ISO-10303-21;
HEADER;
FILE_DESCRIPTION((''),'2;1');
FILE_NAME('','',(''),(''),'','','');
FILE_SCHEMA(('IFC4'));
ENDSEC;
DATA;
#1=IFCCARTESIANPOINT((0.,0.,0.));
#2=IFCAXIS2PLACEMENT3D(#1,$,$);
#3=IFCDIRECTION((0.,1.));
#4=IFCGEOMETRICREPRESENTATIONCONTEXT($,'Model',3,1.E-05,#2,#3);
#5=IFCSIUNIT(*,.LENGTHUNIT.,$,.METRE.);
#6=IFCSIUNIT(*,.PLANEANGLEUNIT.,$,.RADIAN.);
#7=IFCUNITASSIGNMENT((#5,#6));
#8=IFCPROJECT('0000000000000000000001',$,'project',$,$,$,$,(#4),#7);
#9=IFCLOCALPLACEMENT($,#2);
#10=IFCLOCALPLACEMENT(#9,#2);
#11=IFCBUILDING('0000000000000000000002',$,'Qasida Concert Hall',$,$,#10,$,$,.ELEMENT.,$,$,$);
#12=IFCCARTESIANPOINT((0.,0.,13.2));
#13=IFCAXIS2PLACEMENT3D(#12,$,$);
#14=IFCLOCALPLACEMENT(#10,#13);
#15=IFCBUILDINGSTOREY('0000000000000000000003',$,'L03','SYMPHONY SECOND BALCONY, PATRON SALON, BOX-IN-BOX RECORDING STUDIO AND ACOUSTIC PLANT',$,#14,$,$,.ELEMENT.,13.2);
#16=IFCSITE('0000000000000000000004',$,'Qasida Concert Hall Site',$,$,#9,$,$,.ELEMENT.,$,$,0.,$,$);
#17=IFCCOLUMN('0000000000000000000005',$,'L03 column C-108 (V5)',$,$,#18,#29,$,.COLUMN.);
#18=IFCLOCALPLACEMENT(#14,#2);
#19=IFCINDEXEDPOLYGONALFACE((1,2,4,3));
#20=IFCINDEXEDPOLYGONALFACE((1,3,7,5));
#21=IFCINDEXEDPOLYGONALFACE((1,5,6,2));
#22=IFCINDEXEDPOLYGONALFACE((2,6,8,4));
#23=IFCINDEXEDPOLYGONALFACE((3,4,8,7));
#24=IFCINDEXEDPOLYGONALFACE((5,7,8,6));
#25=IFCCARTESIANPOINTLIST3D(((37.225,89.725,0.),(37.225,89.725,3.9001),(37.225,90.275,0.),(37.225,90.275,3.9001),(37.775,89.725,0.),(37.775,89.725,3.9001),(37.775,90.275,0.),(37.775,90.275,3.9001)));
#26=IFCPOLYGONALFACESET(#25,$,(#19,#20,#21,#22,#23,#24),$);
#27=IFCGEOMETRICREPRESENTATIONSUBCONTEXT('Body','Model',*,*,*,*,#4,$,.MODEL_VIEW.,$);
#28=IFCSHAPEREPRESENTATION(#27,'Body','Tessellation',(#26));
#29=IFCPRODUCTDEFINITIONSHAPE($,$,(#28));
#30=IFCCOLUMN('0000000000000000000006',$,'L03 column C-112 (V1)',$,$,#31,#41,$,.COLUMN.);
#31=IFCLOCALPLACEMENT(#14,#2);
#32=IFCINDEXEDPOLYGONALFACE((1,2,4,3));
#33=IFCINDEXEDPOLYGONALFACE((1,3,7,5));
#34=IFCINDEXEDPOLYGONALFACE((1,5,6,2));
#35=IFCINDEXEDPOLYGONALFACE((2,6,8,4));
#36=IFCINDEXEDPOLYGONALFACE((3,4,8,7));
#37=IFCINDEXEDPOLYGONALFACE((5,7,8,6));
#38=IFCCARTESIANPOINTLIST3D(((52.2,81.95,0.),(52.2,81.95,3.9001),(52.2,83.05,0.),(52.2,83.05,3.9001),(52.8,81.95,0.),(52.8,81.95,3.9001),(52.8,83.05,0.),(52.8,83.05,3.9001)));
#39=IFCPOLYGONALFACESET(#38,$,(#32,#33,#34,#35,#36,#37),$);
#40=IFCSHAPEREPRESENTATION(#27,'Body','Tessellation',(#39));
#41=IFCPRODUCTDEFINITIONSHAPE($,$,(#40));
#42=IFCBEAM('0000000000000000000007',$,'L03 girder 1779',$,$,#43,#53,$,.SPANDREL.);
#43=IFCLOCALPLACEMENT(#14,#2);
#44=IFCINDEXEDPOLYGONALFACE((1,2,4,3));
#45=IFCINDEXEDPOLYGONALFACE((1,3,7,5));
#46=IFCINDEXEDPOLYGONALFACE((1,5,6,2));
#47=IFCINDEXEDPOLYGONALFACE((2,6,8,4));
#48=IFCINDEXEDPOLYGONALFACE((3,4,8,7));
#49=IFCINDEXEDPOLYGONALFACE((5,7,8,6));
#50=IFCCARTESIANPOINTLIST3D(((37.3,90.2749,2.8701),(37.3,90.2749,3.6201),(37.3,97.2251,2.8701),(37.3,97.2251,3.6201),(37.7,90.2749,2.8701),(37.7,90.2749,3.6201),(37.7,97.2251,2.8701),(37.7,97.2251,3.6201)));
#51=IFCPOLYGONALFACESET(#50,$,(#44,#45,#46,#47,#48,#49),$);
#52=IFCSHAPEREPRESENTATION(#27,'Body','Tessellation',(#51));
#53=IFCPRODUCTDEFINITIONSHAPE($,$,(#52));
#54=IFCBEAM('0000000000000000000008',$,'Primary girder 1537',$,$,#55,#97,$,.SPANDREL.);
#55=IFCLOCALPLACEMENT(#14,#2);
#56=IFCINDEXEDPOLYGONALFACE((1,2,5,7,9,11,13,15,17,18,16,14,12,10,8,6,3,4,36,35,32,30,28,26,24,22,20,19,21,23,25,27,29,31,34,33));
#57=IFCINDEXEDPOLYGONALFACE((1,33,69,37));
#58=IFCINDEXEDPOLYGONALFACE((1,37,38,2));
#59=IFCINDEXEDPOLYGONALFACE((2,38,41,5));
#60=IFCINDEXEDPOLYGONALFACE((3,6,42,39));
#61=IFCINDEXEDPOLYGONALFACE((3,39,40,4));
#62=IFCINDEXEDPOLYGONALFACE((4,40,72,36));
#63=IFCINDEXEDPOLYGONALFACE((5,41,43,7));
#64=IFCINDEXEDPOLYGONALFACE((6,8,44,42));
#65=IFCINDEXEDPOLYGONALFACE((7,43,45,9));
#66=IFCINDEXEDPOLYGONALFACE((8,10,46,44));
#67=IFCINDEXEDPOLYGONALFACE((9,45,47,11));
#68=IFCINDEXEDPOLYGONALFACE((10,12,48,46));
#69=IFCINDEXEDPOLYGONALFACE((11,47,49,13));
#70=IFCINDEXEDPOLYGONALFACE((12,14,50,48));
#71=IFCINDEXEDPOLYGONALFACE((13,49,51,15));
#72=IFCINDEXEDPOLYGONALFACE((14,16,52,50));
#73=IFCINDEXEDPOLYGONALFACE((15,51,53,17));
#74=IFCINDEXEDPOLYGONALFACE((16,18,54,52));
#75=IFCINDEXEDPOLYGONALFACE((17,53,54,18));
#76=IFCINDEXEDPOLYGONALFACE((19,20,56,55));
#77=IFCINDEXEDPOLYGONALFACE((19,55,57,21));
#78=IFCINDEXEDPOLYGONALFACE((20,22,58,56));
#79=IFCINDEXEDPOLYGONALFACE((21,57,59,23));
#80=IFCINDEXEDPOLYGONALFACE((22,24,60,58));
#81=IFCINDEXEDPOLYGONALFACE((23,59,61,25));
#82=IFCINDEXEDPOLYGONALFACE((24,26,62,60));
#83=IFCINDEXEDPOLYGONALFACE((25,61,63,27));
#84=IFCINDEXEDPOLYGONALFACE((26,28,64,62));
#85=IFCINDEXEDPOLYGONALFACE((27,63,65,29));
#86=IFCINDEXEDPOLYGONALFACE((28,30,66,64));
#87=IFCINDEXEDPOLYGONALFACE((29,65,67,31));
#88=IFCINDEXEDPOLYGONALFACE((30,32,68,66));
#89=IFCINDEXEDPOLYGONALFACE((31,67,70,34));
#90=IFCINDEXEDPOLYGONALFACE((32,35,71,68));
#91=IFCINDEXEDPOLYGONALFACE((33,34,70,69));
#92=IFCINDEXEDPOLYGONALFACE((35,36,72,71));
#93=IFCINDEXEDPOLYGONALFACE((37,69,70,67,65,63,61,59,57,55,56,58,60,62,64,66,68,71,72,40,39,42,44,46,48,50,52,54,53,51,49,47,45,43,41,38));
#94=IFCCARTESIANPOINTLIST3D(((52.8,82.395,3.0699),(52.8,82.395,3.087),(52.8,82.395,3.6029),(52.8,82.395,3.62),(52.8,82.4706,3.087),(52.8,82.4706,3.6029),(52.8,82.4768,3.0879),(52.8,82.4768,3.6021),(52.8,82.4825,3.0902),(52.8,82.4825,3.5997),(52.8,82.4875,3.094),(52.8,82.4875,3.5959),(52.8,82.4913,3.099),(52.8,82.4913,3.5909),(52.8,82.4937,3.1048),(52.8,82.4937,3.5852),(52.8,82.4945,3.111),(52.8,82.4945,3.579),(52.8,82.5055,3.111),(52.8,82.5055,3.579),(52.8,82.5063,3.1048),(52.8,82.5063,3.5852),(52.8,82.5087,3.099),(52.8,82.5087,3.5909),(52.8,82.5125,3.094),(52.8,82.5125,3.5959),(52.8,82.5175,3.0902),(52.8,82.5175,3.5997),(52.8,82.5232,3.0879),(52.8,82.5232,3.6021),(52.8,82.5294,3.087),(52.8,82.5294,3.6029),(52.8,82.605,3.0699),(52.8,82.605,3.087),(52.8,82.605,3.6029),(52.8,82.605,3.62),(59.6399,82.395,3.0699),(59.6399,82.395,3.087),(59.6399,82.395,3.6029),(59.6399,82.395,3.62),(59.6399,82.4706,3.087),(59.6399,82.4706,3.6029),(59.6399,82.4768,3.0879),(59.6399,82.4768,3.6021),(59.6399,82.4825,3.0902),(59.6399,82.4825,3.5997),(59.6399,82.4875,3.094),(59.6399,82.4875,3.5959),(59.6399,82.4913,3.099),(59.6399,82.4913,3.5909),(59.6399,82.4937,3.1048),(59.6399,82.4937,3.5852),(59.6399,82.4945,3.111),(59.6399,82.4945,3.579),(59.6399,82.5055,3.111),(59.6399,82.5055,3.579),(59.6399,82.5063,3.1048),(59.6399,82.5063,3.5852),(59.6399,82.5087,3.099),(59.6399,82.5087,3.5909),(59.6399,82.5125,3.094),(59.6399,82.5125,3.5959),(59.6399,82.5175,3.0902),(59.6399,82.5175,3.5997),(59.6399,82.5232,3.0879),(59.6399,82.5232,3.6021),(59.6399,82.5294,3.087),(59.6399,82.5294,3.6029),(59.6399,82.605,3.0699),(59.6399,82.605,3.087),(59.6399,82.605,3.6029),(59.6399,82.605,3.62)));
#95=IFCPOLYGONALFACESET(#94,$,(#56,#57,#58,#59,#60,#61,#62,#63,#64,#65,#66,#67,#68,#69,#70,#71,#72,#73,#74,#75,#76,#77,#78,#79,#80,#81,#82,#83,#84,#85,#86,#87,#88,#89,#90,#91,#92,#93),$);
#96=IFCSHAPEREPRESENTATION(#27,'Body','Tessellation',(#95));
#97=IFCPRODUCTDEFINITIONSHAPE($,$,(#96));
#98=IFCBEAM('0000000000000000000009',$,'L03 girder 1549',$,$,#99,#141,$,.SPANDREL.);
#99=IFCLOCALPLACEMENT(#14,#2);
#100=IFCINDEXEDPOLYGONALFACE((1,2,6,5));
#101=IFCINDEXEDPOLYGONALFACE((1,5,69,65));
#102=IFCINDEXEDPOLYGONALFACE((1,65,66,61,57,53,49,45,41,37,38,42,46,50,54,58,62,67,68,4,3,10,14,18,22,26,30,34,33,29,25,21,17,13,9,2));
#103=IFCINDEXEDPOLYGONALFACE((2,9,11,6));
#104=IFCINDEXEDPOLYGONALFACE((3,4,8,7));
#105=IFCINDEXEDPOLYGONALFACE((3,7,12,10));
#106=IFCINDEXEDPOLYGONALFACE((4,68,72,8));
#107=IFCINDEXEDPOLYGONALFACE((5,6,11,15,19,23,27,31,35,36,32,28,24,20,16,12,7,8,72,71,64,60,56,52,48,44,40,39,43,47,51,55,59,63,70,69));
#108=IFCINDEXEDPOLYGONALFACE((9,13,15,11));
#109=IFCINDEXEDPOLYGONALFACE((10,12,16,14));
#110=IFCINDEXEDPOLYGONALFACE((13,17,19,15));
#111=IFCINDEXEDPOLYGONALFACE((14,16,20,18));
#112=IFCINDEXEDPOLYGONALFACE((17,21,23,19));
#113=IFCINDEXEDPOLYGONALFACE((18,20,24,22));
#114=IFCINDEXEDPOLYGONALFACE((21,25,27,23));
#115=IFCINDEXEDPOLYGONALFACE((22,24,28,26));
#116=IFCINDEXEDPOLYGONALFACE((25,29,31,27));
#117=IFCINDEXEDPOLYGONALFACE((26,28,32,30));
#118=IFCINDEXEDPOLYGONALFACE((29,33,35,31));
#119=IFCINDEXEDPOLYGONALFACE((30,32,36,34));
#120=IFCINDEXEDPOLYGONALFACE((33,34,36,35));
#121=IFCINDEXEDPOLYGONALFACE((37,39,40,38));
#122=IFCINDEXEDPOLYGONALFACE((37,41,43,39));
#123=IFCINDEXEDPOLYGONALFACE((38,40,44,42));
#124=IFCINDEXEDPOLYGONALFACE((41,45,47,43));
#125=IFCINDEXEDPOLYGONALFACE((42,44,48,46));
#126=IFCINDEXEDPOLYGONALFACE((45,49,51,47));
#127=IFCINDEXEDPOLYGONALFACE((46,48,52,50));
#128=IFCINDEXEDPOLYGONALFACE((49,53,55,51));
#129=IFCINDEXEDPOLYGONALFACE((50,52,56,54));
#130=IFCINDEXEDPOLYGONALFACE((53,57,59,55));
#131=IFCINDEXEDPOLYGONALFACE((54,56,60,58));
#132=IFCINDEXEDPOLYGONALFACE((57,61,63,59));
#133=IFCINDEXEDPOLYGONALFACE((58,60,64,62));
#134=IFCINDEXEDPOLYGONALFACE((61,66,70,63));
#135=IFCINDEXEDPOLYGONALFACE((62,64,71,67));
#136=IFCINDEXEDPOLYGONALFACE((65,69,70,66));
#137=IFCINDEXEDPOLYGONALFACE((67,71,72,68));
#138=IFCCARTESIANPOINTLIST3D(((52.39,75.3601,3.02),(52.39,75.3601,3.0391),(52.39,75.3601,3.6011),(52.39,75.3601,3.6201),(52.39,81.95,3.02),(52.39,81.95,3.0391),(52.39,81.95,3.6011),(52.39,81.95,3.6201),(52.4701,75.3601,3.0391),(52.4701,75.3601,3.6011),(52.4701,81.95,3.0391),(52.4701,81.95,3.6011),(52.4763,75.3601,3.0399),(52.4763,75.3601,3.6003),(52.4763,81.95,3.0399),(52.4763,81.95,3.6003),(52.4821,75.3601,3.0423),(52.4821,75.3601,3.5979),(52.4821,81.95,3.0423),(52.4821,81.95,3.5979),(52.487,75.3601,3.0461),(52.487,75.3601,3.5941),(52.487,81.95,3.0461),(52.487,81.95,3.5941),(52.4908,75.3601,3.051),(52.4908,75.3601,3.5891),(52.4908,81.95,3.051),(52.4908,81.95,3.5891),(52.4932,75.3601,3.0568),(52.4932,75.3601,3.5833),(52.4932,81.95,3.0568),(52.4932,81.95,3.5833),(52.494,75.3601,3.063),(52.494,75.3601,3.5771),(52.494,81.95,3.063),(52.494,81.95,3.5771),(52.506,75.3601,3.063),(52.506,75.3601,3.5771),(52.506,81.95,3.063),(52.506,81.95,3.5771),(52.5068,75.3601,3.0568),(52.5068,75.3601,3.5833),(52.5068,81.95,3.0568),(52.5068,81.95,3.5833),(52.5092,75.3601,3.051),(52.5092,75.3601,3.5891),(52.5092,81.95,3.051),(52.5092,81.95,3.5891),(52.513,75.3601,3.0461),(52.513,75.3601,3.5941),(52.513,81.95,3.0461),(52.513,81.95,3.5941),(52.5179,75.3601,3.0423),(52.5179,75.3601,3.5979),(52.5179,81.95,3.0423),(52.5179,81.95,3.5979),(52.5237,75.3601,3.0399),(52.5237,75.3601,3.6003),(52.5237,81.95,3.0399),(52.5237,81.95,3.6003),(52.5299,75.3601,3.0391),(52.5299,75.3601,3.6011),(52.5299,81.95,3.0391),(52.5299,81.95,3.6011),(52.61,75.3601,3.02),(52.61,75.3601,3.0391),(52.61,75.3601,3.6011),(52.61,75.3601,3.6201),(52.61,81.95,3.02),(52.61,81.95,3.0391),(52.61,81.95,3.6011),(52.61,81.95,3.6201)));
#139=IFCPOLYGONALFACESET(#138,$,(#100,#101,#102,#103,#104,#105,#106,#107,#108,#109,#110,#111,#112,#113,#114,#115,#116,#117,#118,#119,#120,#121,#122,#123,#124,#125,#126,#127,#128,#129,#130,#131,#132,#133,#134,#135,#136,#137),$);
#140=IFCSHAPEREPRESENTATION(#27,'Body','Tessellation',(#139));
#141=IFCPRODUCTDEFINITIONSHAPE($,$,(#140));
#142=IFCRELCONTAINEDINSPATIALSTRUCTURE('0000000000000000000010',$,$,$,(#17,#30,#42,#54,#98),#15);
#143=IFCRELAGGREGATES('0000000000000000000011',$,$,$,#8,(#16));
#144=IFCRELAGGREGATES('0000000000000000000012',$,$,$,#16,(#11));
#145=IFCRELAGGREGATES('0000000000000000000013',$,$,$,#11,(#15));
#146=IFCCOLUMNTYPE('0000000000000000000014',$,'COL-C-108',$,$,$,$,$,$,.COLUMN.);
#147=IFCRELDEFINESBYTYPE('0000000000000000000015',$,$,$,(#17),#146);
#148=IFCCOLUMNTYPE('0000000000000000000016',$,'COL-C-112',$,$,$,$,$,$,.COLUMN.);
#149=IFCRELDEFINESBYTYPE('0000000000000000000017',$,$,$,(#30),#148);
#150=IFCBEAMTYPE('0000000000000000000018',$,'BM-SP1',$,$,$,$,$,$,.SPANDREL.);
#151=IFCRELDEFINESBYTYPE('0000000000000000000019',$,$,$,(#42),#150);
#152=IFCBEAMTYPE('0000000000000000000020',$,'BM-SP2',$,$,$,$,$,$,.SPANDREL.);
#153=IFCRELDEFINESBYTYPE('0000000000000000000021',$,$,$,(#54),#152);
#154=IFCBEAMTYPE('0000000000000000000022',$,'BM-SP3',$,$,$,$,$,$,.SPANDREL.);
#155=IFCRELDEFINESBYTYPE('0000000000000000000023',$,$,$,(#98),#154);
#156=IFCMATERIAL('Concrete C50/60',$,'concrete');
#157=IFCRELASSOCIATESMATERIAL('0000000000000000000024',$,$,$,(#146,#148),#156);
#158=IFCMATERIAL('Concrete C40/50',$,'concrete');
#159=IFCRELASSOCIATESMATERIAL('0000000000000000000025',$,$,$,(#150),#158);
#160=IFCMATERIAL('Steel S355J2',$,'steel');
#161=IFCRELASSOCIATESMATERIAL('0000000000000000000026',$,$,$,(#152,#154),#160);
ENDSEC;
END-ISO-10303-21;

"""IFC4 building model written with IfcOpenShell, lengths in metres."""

from ifc_helpers import new_model, si_unit, direction, frame, origin, origin_2d, place, context, subcontext, project, spatial, rectangle, i_section, extrude, material, material_profile, profile_set, type_object, element, save


model = new_model("IFC4")

# Units and contexts
model_context = context("Model", 3, precision=1e-05, world=origin(), true_north=direction((0.0, 1.0)))
body_context = subcontext(model_context, "Body", "Model", "MODEL_VIEW")
ifc_project = project(units=[si_unit("LENGTHUNIT", "METRE"), si_unit("PLANEANGLEUNIT", "RADIAN")], contexts=[model_context])

# Site, building, storey
site_placement = place(None, origin())
site = spatial("IfcSite", under=ifc_project, at=site_placement, Name="Qasida Concert Hall Site", CompositionType="ELEMENT", RefElevation=0.0)
building_placement = place(site_placement, origin())
building = spatial("IfcBuilding", under=site, at=building_placement, Name="Qasida Concert Hall", CompositionType="ELEMENT")
storey_placement = place(building_placement, frame((0.0, 0.0, 13.2)))
storey = spatial("IfcBuildingStorey", under=building, at=storey_placement, Name="L03", Description="SYMPHONY SECOND BALCONY, PATRON SALON, BOX-IN-BOX RECORDING STUDIO AND ACOUSTIC PLANT", CompositionType="ELEMENT", Elevation=13.2)

# Columns
ifc_material_1 = material(Name="Concrete C50/60", Category="concrete")
ifc_material_profile_1 = material_profile(ifc_material_1, rectangle(XDim=0.55, YDim=0.55, at=origin_2d()), Name="RC 550x550")
ifc_profile_set_1 = profile_set([ifc_material_profile_1], Name="Concrete C50/60")
column_type_1 = type_object("IfcColumnType", Name="COL-C-108", PredefinedType="COLUMN", material=ifc_profile_set_1)
column_1_placement = place(storey_placement, frame((37.5, 90.0, 0.0), z_axis=(0.0, 0.0, 1.0), x_axis=(1.0, 0.0, 0.0)))
element("IfcColumn", 1, at=column_1_placement, inside=storey, type_object=column_type_1, Name="L03 column C-108 (V5)", PredefinedType="COLUMN", context=body_context, shape_type="SweptSolid", body=[
    extrude(rectangle(XDim=0.55, YDim=0.55, at=origin_2d()), origin(), (0.0, 0.0, 1.0), 3.9001),
])
ifc_material_profile_2 = material_profile(ifc_material_1, rectangle(XDim=0.6001, YDim=1.1001, at=origin_2d()), Name="RC 600x1100")
ifc_profile_set_2 = profile_set([ifc_material_profile_2], Name="Concrete C50/60")
column_type_2 = type_object("IfcColumnType", Name="COL-C-112", PredefinedType="COLUMN", material=ifc_profile_set_2)
column_2_placement = place(storey_placement, frame((52.5, 82.5, 0.0), z_axis=(0.0, 0.0, 1.0), x_axis=(1.0, 0.0, 0.0)))
element("IfcColumn", 2, at=column_2_placement, inside=storey, type_object=column_type_2, Name="L03 column C-112 (V1)", PredefinedType="COLUMN", context=body_context, shape_type="SweptSolid", body=[
    extrude(rectangle(XDim=0.6001, YDim=1.1001, at=origin_2d()), origin(), (0.0, 0.0, 1.0), 3.9001),
])

# Beams
ifc_material_2 = material(Name="Concrete C40/50", Category="concrete")
ifc_material_profile_3 = material_profile(ifc_material_2, rectangle(XDim=0.3999, YDim=0.75, at=origin_2d()), Name="RC 400x750")
ifc_profile_set_3 = profile_set([ifc_material_profile_3], Name="Concrete C40/50")
beam_type_1 = type_object("IfcBeamType", Name="BM-SP1", PredefinedType="SPANDREL", material=ifc_profile_set_3)
beam_1_placement = place(storey_placement, frame((37.5, 90.2749, 3.2451), z_axis=(0.0, 1.0, 0.0), x_axis=(-1.0, 0.0, 0.0)))
element("IfcBeam", 3, at=beam_1_placement, inside=storey, type_object=beam_type_1, Name="L03 girder 1779", PredefinedType="SPANDREL", context=body_context, shape_type="SweptSolid", body=[
    extrude(rectangle(XDim=0.3999, YDim=0.75, at=origin_2d()), origin(), (0.0, 0.0, 1.0), 6.9502),
])
ifc_material_3 = material(Name="Steel S355J2", Category="steel")
ifc_material_profile_4 = material_profile(ifc_material_3, i_section(OverallWidth=0.21, OverallDepth=0.55, WebThickness=0.011, FlangeThickness=0.0171, FilletRadius=0.0239, at=origin_2d()), Name="IPE 550")
ifc_profile_set_4 = profile_set([ifc_material_profile_4], Name="Steel S355J2")
beam_type_2 = type_object("IfcBeamType", Name="BM-SP2", PredefinedType="SPANDREL", material=ifc_profile_set_4)
beam_2_placement = place(storey_placement, frame((52.8, 82.5, 3.345), z_axis=(1.0, 0.0, 0.0), x_axis=(0.0, 1.0, 0.0)))
element("IfcBeam", 4, at=beam_2_placement, inside=storey, type_object=beam_type_2, Name="Primary girder 1537", PredefinedType="SPANDREL", context=body_context, shape_type="SweptSolid", body=[
    extrude(i_section(OverallWidth=0.21, OverallDepth=0.55, WebThickness=0.011, FlangeThickness=0.0171, FilletRadius=0.0239, at=origin_2d()), origin(), (0.0, 0.0, 1.0), 6.8398),
])
ifc_material_profile_5 = material_profile(ifc_material_3, i_section(OverallWidth=0.22, OverallDepth=0.6001, WebThickness=0.012, FlangeThickness=0.019, FilletRadius=0.0239, at=origin_2d()), Name="IPE 600")
ifc_profile_set_5 = profile_set([ifc_material_profile_5], Name="Steel S355J2")
beam_type_3 = type_object("IfcBeamType", Name="BM-SP3", PredefinedType="SPANDREL", material=ifc_profile_set_5)
beam_3_placement = place(storey_placement, frame((52.5, 75.3601, 3.3201), z_axis=(0.0, 1.0, 0.0), x_axis=(-1.0, 0.0, 0.0)))
element("IfcBeam", 5, at=beam_3_placement, inside=storey, type_object=beam_type_3, Name="L03 girder 1549", PredefinedType="SPANDREL", context=body_context, shape_type="SweptSolid", body=[
    extrude(i_section(OverallWidth=0.22, OverallDepth=0.6001, WebThickness=0.012, FlangeThickness=0.019, FilletRadius=0.0239, at=origin_2d()), origin(), (0.0, 0.0, 1.0), 6.5898),
])

save(model, "model.ifc")
